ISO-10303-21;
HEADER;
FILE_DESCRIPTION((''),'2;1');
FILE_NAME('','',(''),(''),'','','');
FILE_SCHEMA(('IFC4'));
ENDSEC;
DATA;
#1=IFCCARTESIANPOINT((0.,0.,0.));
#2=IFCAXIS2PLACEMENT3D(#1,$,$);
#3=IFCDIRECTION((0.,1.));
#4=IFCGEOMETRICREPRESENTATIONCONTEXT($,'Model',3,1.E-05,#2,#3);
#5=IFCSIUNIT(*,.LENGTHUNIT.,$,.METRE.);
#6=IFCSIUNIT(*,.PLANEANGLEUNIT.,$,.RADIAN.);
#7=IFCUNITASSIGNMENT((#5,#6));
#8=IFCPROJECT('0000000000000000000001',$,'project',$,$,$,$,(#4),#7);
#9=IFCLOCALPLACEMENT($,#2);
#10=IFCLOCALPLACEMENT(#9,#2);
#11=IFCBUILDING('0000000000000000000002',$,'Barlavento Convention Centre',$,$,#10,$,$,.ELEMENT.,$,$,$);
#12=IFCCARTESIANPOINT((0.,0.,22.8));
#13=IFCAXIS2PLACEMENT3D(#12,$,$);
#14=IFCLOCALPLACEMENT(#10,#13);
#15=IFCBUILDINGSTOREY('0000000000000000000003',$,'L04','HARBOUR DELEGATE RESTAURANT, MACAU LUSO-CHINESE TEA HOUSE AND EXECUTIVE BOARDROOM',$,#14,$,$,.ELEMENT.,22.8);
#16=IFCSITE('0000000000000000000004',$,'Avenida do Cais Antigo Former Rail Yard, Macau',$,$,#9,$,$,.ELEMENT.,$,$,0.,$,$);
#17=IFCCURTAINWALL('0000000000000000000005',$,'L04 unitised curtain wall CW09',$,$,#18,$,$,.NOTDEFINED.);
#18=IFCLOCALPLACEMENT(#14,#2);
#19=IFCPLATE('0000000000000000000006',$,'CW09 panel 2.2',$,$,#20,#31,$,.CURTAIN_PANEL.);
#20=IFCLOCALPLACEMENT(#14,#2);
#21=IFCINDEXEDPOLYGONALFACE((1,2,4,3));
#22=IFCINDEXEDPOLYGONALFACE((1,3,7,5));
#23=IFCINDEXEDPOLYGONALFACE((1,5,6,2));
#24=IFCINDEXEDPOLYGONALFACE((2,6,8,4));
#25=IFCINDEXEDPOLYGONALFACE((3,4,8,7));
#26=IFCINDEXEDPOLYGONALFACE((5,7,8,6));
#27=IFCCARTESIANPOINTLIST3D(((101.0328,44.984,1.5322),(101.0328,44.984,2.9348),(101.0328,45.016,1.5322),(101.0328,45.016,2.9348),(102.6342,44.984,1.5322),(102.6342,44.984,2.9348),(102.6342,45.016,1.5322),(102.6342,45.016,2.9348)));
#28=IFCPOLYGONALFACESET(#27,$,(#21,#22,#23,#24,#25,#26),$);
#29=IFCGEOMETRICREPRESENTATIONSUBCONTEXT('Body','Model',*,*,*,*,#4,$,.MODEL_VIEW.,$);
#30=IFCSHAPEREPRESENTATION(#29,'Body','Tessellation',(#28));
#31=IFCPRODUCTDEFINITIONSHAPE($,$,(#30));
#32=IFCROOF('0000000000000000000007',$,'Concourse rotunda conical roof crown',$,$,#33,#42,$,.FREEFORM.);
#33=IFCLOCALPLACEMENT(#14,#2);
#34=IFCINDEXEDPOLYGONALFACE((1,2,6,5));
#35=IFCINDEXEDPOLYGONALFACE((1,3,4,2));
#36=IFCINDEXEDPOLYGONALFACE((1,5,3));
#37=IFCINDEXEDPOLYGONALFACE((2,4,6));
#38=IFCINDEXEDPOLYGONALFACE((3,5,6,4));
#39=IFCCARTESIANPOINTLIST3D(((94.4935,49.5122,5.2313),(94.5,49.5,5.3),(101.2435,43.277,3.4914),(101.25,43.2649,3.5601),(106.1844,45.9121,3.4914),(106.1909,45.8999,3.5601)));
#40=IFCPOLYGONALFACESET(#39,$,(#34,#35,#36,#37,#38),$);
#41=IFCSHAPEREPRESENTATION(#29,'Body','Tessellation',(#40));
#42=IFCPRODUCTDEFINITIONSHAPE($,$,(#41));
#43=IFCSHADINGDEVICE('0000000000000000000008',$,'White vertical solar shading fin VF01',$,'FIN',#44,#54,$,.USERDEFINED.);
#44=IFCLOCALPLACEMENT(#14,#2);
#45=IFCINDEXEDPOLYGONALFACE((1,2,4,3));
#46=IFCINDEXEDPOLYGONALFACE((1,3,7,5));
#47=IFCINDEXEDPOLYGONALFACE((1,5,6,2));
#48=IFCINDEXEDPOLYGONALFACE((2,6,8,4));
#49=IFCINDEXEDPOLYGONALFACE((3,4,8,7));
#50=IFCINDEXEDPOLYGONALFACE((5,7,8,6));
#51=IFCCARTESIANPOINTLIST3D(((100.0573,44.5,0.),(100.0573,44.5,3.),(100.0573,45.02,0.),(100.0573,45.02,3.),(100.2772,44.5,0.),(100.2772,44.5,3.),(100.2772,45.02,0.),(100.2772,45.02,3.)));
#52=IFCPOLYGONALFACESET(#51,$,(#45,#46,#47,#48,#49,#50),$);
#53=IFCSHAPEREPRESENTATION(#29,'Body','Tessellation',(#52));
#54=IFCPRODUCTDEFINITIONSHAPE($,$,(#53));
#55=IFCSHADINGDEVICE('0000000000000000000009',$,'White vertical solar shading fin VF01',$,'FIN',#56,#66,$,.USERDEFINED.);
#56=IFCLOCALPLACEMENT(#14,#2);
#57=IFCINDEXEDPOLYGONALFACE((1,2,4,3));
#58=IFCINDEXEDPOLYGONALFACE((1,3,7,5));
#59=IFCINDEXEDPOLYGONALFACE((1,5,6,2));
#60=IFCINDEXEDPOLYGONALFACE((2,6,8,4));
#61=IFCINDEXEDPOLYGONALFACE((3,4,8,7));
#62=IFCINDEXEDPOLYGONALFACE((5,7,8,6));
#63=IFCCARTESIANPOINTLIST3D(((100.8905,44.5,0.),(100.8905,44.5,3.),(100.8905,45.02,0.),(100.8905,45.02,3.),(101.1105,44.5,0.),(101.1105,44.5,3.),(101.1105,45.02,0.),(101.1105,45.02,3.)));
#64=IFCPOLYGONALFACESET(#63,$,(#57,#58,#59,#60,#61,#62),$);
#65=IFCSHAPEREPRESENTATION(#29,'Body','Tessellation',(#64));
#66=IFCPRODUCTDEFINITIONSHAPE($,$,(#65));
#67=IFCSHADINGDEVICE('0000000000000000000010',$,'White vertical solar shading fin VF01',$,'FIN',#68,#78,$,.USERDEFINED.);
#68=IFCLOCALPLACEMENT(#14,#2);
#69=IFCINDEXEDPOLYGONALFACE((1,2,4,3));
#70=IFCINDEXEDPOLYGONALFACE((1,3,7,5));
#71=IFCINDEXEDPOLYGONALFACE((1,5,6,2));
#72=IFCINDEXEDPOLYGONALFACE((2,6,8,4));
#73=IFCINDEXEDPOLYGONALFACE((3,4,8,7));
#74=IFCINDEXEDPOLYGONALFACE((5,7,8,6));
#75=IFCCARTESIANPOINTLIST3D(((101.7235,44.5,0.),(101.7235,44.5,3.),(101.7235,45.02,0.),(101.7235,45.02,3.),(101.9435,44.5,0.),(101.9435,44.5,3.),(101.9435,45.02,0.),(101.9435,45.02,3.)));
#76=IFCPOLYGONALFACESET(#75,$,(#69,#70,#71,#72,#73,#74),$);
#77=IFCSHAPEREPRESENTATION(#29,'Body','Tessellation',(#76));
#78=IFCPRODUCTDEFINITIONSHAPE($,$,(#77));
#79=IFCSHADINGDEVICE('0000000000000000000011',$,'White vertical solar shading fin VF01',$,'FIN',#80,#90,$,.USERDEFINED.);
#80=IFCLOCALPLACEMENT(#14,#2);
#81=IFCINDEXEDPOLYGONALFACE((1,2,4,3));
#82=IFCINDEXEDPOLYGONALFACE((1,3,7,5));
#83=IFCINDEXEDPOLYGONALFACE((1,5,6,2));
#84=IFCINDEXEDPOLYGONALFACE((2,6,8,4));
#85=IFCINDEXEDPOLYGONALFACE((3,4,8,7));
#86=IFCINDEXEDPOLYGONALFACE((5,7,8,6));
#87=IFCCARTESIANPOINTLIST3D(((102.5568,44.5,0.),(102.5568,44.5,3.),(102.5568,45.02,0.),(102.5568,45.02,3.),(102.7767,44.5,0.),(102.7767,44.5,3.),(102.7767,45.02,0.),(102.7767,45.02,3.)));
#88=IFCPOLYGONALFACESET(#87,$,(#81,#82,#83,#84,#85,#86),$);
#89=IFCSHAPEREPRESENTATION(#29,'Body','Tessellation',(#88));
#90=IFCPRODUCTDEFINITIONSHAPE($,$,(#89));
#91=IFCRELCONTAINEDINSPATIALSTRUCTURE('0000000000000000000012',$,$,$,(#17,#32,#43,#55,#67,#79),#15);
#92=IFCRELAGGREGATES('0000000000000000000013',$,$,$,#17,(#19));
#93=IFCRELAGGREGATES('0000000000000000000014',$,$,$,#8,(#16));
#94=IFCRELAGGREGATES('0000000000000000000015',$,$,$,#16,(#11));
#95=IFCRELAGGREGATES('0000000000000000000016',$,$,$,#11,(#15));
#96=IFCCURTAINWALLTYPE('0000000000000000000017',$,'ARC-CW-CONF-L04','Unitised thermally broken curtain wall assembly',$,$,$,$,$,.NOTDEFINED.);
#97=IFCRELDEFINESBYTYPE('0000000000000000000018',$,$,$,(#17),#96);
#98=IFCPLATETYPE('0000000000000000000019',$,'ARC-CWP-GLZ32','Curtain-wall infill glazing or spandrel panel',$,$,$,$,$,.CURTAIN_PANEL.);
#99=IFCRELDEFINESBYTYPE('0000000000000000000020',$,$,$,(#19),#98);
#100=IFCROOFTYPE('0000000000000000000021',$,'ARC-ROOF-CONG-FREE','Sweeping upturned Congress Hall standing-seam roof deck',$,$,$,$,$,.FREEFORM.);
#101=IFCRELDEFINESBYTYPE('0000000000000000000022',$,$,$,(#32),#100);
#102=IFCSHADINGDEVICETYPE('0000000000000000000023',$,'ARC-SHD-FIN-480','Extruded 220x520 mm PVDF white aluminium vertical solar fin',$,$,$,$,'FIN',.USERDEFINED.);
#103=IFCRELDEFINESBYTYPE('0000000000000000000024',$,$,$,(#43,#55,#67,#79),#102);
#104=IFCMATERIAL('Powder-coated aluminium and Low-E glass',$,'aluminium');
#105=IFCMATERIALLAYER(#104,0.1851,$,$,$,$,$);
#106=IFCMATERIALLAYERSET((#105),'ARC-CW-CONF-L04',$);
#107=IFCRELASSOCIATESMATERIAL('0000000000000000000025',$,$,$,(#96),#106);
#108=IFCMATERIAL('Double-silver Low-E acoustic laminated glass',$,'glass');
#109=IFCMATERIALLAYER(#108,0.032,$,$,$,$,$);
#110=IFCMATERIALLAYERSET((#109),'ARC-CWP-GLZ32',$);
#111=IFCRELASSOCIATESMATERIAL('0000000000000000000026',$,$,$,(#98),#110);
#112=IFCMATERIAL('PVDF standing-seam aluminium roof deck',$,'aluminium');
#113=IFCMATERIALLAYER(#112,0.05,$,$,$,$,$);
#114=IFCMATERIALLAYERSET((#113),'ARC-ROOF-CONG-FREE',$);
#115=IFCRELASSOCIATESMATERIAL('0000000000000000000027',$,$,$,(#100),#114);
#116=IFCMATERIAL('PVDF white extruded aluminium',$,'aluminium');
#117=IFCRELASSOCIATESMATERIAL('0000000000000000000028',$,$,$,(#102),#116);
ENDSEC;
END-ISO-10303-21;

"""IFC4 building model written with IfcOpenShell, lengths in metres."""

from ifc_helpers import new_model, si_unit, direction, frame, origin, origin_2d, place, context, subcontext, project, spatial, polyline, rectangle, outline, extrude, material, layer, layer_set, type_object, element, aggregate, save


model = new_model("IFC4")

# Units and contexts
model_context = context("Model", 3, precision=1e-05, world=origin(), true_north=direction((0.0, 1.0)))
body_context = subcontext(model_context, "Body", "Model", "MODEL_VIEW")
ifc_project = project(units=[si_unit("LENGTHUNIT", "METRE"), si_unit("PLANEANGLEUNIT", "RADIAN")], contexts=[model_context])

# Site, building, storey
site_placement = place(None, origin())
site = spatial("IfcSite", under=ifc_project, at=site_placement, Name="Avenida do Cais Antigo Former Rail Yard, Macau", CompositionType="ELEMENT", RefElevation=0.0)
building_placement = place(site_placement, origin())
building = spatial("IfcBuilding", under=site, at=building_placement, Name="Barlavento Convention Centre", CompositionType="ELEMENT")
storey_placement = place(building_placement, frame((0.0, 0.0, 22.8)))
storey = spatial("IfcBuildingStorey", under=building, at=storey_placement, Name="L04", Description="HARBOUR DELEGATE RESTAURANT, MACAU LUSO-CHINESE TEA HOUSE AND EXECUTIVE BOARDROOM", CompositionType="ELEMENT", Elevation=22.8)

# Curtain wall
ifc_material_1 = material(Name="Powder-coated aluminium and Low-E glass", Category="aluminium")
ifc_layer_1 = layer(ifc_material_1, 0.1851)
ifc_layer_set_1 = layer_set([ifc_layer_1], Name="ARC-CW-CONF-L04")
curtain_wall_type = type_object("IfcCurtainWallType", Name="ARC-CW-CONF-L04", Description="Unitised thermally broken curtain wall assembly", PredefinedType="NOTDEFINED", material=ifc_layer_set_1)
curtain_wall_placement = place(storey_placement, origin())
curtain_wall = element("IfcCurtainWall", 1, at=curtain_wall_placement, inside=storey, type_object=curtain_wall_type, Name="L04 unitised curtain wall CW09", PredefinedType="NOTDEFINED")

# Plate
ifc_material_2 = material(Name="Double-silver Low-E acoustic laminated glass", Category="glass")
ifc_layer_2 = layer(ifc_material_2, 0.032)
ifc_layer_set_2 = layer_set([ifc_layer_2], Name="ARC-CWP-GLZ32")
plate_type = type_object("IfcPlateType", Name="ARC-CWP-GLZ32", Description="Curtain-wall infill glazing or spandrel panel", PredefinedType="CURTAIN_PANEL", material=ifc_layer_set_2)
plate_1_placement = place(storey_placement, frame((101.8335, 45.0, 1.5322), z_axis=(0.0, 0.0, 1.0), x_axis=(1.0, 0.0, 0.0)))
plate_1 = element("IfcPlate", 2, at=plate_1_placement, type_object=plate_type, Name="CW09 panel 2.2", PredefinedType="CURTAIN_PANEL", context=body_context, shape_type="SweptSolid", body=[
    extrude(rectangle(XDim=1.6013, YDim=0.032, at=origin_2d()), origin(), (0.0, 0.0, 1.0), 1.4026),
])
aggregate(curtain_wall, [plate_1])

# Roof
ifc_material_3 = material(Name="PVDF standing-seam aluminium roof deck", Category="aluminium")
ifc_layer_3 = layer(ifc_material_3, 0.05)
ifc_layer_set_3 = layer_set([ifc_layer_3], Name="ARC-ROOF-CONG-FREE")
roof_type = type_object("IfcRoofType", Name="ARC-ROOF-CONG-FREE", Description="Sweeping upturned Congress Hall standing-seam roof deck", PredefinedType="FREEFORM", material=ifc_layer_set_3)
roof_placement = place(storey_placement, frame((101.25, 43.2649, 3.5601), z_axis=(0.092511, -0.173467, 0.980485), x_axis=(0.882364, 0.470568, 0.0)))
element("IfcRoof", 3, at=roof_placement, inside=storey, type_object=roof_type, Name="Concourse rotunda conical roof crown", PredefinedType="FREEFORM", context=body_context, shape_type="SweptSolid", body=[
    extrude(outline(polyline([(0.0, 0.0), (5.5996, 0.0), (-3.0219, 8.8507), (0.0, 0.0)])), origin(), (0.0, 0.0, -1.0), 0.0701),
])

# Shading devices
ifc_material_4 = material(Name="PVDF white extruded aluminium", Category="aluminium")
shading_device_type = type_object("IfcShadingDeviceType", Name="ARC-SHD-FIN-480", Description="Extruded 220x520 mm PVDF white aluminium vertical solar fin", ElementType="FIN", PredefinedType="USERDEFINED", material=ifc_material_4)
for number, where, z_axis, x_axis, name in (
    (4, (100.1672, 44.76, 0.0), (0.0, 0.0, 1.0), (1.0, 0.0, 0.0), "White vertical solar shading fin VF01"),
    (5, (101.0005, 44.76, 0.0), (0.0, 0.0, 1.0), (1.0, 0.0, 0.0), "White vertical solar shading fin VF01"),
    (6, (101.8335, 44.76, 0.0), (0.0, 0.0, 1.0), (1.0, 0.0, 0.0), "White vertical solar shading fin VF01"),
    (7, (102.6667, 44.76, 0.0), (0.0, 0.0, 1.0), (1.0, 0.0, 0.0), "White vertical solar shading fin VF01"),
):
    element("IfcShadingDevice", number, at=place(storey_placement, frame(where, z_axis=z_axis, x_axis=x_axis)), inside=storey, type_object=shading_device_type, Name=name, ObjectType="FIN", PredefinedType="USERDEFINED", context=body_context, shape_type="SweptSolid", body=[
        extrude(rectangle(XDim=0.22, YDim=0.52, at=origin_2d()), origin(), (0.0, 0.0, 1.0), 3.0),
    ])

save(model, "model.ifc")
